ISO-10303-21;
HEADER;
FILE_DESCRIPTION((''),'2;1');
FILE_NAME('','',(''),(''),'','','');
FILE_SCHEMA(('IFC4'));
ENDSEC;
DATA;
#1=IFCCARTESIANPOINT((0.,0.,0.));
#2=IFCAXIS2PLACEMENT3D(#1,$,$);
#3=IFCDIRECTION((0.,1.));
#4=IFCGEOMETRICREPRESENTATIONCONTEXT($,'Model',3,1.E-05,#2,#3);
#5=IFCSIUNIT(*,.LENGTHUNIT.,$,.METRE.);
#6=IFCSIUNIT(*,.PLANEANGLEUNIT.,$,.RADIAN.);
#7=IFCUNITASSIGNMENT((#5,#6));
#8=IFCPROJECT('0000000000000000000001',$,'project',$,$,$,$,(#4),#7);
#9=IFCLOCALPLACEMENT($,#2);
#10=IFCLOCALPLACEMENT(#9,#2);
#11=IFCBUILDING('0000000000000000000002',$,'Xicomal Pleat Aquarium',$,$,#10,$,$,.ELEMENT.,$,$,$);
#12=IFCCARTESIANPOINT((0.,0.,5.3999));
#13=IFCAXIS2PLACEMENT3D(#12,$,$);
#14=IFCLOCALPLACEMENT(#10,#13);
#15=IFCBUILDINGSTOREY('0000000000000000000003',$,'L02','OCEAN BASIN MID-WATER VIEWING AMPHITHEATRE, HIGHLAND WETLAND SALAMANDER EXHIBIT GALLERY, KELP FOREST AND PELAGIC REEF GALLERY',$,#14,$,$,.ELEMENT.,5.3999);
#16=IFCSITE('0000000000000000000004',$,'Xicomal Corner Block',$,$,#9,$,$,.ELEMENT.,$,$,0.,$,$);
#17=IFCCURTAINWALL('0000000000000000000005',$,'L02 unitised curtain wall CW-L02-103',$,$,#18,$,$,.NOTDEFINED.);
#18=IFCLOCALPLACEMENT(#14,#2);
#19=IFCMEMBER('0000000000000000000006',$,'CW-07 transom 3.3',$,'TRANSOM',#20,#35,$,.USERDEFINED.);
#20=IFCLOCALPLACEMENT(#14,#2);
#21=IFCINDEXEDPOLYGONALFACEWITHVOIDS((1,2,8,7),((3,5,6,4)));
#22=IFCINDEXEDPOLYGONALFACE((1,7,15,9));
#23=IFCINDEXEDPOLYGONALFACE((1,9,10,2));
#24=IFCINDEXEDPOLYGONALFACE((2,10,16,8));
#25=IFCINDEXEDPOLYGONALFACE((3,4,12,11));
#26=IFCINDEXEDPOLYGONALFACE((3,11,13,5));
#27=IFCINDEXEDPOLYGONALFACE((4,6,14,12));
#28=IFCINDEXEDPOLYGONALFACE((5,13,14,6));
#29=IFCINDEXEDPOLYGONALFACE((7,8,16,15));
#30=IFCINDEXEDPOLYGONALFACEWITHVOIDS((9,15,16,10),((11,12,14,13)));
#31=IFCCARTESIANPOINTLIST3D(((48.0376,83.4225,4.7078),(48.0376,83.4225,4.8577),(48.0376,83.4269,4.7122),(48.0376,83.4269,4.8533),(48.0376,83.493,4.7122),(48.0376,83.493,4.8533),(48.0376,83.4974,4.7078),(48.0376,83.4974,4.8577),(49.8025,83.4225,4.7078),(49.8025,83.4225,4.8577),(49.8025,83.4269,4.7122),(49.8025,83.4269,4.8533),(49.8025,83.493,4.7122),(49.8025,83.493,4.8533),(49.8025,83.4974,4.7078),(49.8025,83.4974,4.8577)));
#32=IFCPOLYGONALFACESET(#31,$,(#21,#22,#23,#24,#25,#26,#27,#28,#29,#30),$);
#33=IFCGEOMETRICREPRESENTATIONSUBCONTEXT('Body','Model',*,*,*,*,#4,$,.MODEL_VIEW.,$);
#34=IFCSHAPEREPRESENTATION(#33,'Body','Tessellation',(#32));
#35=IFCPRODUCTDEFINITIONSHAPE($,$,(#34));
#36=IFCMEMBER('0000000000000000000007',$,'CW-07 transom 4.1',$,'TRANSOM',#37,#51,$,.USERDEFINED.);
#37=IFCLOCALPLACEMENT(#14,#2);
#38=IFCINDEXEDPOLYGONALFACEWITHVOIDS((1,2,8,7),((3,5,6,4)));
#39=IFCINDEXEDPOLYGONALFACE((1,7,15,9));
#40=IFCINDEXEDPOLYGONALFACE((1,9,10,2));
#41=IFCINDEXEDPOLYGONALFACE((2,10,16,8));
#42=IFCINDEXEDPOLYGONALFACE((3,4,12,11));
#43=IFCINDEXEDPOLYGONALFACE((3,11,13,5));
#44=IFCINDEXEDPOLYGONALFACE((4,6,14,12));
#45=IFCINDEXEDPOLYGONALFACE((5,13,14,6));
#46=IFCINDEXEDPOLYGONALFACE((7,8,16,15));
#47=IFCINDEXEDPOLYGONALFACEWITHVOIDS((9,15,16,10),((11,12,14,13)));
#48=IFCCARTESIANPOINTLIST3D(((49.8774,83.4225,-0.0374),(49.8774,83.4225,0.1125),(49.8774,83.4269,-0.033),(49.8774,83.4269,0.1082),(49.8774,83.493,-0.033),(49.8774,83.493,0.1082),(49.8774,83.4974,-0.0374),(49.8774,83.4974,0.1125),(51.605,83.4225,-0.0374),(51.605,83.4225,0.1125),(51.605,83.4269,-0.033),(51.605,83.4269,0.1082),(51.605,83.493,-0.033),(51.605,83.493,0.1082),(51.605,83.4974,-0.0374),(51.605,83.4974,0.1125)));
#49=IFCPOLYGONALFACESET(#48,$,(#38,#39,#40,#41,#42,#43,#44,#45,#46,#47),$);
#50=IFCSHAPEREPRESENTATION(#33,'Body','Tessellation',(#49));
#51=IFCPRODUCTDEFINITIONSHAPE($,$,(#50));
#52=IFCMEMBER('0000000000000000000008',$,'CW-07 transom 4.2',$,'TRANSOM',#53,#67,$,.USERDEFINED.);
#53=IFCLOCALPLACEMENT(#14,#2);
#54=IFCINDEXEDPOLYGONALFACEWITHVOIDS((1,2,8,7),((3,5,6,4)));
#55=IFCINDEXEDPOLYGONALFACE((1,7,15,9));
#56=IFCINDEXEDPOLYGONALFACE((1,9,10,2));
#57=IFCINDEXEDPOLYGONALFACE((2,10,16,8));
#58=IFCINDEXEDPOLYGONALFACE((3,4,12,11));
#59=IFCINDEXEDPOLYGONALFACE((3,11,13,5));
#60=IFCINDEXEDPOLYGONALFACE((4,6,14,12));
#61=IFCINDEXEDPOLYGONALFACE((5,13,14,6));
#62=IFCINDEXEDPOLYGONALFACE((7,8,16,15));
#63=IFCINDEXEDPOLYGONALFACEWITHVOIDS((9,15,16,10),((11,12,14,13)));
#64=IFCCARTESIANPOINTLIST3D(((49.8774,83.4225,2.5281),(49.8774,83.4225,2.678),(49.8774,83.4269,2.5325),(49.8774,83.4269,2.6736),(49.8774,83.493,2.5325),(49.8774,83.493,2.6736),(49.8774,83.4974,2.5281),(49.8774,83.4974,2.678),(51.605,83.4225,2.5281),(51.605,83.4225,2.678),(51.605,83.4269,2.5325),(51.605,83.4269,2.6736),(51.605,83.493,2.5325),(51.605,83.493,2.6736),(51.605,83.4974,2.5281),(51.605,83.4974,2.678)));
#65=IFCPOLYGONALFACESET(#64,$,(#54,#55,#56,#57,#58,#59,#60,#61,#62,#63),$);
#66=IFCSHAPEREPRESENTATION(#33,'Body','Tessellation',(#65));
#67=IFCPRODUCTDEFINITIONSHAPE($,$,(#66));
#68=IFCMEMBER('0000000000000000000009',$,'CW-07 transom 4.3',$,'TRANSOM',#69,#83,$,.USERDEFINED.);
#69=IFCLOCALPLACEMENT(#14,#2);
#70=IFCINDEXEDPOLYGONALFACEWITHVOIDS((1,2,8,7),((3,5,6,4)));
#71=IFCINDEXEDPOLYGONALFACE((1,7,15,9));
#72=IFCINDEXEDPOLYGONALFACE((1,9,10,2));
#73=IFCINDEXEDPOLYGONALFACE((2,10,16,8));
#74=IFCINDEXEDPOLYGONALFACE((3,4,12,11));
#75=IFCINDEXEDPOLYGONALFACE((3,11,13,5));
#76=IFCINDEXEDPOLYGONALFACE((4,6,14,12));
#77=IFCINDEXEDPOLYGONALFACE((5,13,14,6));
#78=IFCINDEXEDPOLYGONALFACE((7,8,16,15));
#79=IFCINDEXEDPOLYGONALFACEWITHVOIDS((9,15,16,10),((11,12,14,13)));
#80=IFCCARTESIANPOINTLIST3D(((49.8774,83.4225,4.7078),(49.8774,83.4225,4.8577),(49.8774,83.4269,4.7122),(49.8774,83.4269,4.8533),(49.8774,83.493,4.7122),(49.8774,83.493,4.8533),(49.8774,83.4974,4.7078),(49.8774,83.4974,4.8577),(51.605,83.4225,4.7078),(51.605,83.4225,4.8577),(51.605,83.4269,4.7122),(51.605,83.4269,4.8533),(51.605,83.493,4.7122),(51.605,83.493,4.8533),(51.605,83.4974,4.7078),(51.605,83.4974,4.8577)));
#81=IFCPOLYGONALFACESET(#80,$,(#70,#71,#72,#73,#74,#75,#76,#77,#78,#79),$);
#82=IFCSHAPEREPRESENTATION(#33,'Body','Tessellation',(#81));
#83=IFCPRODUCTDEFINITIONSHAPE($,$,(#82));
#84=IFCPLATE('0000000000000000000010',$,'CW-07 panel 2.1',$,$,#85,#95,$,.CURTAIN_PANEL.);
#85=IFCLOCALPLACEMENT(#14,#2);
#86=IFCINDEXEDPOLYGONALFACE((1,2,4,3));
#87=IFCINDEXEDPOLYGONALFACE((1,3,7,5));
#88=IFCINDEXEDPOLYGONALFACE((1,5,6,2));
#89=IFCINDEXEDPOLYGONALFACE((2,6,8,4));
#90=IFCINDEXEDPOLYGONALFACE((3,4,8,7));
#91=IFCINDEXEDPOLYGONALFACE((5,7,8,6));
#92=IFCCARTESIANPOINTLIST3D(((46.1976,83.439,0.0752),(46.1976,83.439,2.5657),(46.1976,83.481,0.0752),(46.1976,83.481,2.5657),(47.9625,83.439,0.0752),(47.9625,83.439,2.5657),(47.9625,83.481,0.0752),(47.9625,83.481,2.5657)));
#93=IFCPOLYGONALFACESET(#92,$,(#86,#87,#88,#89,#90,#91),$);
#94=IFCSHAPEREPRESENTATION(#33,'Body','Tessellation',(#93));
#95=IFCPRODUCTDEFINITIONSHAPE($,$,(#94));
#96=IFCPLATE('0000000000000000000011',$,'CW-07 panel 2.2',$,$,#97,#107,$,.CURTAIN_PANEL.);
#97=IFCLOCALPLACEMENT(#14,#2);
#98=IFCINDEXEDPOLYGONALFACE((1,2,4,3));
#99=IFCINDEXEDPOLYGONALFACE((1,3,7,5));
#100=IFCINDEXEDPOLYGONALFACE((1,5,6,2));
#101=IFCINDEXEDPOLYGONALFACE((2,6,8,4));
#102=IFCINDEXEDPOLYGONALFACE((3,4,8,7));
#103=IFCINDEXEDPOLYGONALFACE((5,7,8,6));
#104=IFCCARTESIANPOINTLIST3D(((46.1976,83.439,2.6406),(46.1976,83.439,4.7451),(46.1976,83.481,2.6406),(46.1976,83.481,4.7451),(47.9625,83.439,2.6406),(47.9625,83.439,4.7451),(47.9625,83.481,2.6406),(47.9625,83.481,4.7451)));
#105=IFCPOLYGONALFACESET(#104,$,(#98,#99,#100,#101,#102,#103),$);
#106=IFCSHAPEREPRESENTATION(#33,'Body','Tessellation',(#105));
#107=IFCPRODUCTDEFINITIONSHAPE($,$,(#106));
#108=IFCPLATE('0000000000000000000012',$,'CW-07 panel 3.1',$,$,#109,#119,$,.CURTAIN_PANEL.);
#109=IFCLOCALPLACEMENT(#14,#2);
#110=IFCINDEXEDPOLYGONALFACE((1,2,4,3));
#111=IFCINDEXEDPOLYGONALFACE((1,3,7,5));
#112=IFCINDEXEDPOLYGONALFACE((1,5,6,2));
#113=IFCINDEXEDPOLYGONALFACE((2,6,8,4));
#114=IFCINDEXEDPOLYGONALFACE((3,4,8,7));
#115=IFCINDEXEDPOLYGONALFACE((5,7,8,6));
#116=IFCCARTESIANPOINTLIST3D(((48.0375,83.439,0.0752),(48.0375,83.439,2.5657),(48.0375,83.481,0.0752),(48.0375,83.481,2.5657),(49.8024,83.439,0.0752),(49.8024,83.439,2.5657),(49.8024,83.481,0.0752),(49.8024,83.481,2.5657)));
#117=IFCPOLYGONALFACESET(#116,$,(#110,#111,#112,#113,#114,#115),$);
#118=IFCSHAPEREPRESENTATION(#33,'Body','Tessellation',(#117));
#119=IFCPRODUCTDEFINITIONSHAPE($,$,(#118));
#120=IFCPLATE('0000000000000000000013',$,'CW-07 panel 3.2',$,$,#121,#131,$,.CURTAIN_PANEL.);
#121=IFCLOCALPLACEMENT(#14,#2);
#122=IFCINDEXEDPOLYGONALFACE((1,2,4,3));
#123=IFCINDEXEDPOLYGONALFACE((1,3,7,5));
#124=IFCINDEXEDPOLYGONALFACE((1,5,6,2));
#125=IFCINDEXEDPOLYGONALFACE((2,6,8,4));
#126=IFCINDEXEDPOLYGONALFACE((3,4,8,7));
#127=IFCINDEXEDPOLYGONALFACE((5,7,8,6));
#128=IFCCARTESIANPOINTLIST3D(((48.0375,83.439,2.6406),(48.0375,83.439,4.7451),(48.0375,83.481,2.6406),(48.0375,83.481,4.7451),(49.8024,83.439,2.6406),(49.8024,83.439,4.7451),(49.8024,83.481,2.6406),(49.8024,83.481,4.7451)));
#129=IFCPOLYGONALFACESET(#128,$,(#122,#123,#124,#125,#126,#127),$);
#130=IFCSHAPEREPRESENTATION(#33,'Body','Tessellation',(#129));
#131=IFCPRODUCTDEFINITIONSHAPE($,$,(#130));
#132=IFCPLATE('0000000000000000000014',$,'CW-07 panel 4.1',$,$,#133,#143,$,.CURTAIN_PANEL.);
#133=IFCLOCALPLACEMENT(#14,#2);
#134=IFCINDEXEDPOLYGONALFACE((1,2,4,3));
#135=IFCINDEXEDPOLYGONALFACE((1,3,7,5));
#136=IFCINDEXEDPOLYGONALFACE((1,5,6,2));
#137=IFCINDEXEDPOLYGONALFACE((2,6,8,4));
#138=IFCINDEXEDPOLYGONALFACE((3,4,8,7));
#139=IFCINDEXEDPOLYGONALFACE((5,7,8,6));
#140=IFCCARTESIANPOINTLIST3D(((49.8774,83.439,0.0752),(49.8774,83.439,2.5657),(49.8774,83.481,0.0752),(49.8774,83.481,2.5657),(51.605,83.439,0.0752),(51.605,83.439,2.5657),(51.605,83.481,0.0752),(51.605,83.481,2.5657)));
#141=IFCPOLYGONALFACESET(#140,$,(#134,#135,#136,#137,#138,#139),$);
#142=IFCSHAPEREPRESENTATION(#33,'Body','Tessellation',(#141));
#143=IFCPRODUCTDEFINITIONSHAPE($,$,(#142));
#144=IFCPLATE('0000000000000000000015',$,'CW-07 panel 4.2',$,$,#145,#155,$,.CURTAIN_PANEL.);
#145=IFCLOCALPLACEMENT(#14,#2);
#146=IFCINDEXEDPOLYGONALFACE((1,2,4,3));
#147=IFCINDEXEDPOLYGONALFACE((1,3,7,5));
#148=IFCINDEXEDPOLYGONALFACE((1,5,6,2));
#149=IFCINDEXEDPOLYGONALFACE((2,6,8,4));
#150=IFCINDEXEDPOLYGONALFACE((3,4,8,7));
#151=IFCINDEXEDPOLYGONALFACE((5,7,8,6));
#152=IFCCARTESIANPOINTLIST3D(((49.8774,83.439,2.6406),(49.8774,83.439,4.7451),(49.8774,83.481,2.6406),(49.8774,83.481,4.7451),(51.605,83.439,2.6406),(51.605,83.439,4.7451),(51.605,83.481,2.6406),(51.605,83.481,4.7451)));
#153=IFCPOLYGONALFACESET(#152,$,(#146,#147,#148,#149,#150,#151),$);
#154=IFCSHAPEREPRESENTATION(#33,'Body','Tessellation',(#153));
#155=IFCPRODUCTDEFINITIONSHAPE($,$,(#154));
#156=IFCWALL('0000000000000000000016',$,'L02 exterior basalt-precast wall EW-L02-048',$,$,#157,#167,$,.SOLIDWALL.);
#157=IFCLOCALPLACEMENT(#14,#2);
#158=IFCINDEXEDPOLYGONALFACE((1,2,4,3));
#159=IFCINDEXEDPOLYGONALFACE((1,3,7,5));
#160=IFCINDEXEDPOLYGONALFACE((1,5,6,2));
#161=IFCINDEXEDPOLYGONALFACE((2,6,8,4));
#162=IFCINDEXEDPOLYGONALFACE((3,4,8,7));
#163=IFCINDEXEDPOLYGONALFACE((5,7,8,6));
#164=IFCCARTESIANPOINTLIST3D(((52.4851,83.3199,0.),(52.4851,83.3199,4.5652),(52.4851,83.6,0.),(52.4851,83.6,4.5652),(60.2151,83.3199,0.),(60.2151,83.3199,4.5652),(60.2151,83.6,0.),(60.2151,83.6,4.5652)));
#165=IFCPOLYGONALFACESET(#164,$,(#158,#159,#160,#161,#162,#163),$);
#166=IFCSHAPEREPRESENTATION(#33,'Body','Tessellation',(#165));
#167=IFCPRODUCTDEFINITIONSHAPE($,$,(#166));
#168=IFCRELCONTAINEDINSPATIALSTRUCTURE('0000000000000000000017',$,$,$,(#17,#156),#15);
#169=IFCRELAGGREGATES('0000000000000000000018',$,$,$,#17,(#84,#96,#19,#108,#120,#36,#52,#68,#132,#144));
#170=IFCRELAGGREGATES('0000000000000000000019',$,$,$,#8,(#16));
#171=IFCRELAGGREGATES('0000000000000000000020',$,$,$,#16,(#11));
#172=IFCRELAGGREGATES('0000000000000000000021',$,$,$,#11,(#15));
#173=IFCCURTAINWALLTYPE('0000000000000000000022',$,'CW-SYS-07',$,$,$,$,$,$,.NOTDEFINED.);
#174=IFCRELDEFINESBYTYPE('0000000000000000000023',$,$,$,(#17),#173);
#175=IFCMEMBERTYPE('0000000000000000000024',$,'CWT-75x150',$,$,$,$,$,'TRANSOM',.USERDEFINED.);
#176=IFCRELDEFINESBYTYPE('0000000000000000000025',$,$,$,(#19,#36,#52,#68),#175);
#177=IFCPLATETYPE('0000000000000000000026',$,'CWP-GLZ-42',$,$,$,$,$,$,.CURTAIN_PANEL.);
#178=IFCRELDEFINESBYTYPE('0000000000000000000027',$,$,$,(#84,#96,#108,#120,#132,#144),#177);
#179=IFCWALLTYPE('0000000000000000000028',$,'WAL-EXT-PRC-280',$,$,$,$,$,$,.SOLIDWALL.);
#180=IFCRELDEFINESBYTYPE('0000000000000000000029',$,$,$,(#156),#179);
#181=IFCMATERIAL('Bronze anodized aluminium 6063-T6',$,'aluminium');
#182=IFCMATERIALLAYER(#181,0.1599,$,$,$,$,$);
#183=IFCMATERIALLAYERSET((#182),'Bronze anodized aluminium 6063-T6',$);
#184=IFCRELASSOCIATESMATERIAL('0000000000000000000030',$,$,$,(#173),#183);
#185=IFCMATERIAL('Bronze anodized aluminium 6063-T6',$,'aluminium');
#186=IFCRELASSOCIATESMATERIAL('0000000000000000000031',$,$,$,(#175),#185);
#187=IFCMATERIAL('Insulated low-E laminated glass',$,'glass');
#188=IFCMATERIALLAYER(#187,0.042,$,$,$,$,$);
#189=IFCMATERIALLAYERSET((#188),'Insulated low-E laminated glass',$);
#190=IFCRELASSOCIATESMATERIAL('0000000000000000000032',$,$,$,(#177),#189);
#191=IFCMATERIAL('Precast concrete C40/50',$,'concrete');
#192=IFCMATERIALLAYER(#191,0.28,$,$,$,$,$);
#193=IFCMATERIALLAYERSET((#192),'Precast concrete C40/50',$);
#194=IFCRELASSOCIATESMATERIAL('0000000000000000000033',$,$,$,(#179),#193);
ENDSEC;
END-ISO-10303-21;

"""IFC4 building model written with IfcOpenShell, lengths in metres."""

from ifc_helpers import new_model, si_unit, direction, frame, frame_2d, origin, origin_2d, place, context, subcontext, project, spatial, rectangle, hollow_rectangle, extrude, material, layer, layer_set, material_profile, profile_set, type_object, element, aggregate, save


model = new_model("IFC4")

# Units and contexts
model_context = context("Model", 3, precision=1e-05, world=origin(), true_north=direction((0.0, 1.0)))
body_context = subcontext(model_context, "Body", "Model", "MODEL_VIEW")
ifc_project = project(units=[si_unit("LENGTHUNIT", "METRE"), si_unit("PLANEANGLEUNIT", "RADIAN")], contexts=[model_context])

# Site, building, storey
site_placement = place(None, origin())
site = spatial("IfcSite", under=ifc_project, at=site_placement, Name="Xicomal Corner Block", CompositionType="ELEMENT", RefElevation=0.0)
building_placement = place(site_placement, origin())
building = spatial("IfcBuilding", under=site, at=building_placement, Name="Xicomal Pleat Aquarium", CompositionType="ELEMENT")
storey_placement = place(building_placement, frame((0.0, 0.0, 5.3999)))
storey = spatial("IfcBuildingStorey", under=building, at=storey_placement, Name="L02", Description="OCEAN BASIN MID-WATER VIEWING AMPHITHEATRE, HIGHLAND WETLAND SALAMANDER EXHIBIT GALLERY, KELP FOREST AND PELAGIC REEF GALLERY", CompositionType="ELEMENT", Elevation=5.3999)

# Curtain wall, members, plates
ifc_material_1 = material(Name="Bronze anodized aluminium 6063-T6", Category="aluminium")
ifc_layer_1 = layer(ifc_material_1, 0.1599)
ifc_layer_set_1 = layer_set([ifc_layer_1], Name="Bronze anodized aluminium 6063-T6")
curtain_wall_type = type_object("IfcCurtainWallType", Name="CW-SYS-07", PredefinedType="NOTDEFINED", material=ifc_layer_set_1)
curtain_wall_placement = place(storey_placement, origin())
curtain_wall = element("IfcCurtainWall", 1, at=curtain_wall_placement, inside=storey, type_object=curtain_wall_type, Name="L02 unitised curtain wall CW-L02-103", PredefinedType="NOTDEFINED")
ifc_material_2 = material(Name="Bronze anodized aluminium 6063-T6", Category="aluminium")
ifc_material_profile_1 = material_profile(ifc_material_2, hollow_rectangle(XDim=0.075, YDim=0.1499, WallThickness=0.0044, at=origin_2d()), Name="ALU TRAN 75x150")
ifc_profile_set_1 = profile_set([ifc_material_profile_1], Name="Bronze anodized aluminium 6063-T6")
member_type_1 = type_object("IfcMemberType", Name="CWT-75x150", ElementType="TRANSOM", PredefinedType="USERDEFINED", material=ifc_profile_set_1)
member_1_placement = place(storey_placement, frame((48.0376, 83.46, 4.7827), z_axis=(1.0, 0.0, 0.0), x_axis=(0.0, 1.0, 0.0)))
member_1 = element("IfcMember", 2, at=member_1_placement, type_object=member_type_1, Name="CW-07 transom 3.3", ObjectType="TRANSOM", PredefinedType="USERDEFINED", context=body_context, shape_type="SweptSolid", body=[
    extrude(hollow_rectangle(XDim=0.075, YDim=0.1499, WallThickness=0.0044, at=origin_2d()), origin(), (0.0, 0.0, 1.0), 1.7649),
])
member_2_placement = place(storey_placement, frame((49.8774, 83.46, 0.0376), z_axis=(1.0, 0.0, 0.0), x_axis=(0.0, 1.0, 0.0)))
member_2 = element("IfcMember", 3, at=member_2_placement, type_object=member_type_1, Name="CW-07 transom 4.1", ObjectType="TRANSOM", PredefinedType="USERDEFINED", context=body_context, shape_type="SweptSolid", body=[
    extrude(hollow_rectangle(XDim=0.075, YDim=0.1499, WallThickness=0.0044, at=origin_2d()), origin(), (0.0, 0.0, 1.0), 1.7275),
])
member_3_placement = place(storey_placement, frame((49.8774, 83.46, 2.603), z_axis=(1.0, 0.0, 0.0), x_axis=(0.0, 1.0, 0.0)))
member_3 = element("IfcMember", 4, at=member_3_placement, type_object=member_type_1, Name="CW-07 transom 4.2", ObjectType="TRANSOM", PredefinedType="USERDEFINED", context=body_context, shape_type="SweptSolid", body=[
    extrude(hollow_rectangle(XDim=0.075, YDim=0.1499, WallThickness=0.0044, at=origin_2d()), origin(), (0.0, 0.0, 1.0), 1.7275),
])
member_4_placement = place(storey_placement, frame((49.8774, 83.46, 4.7827), z_axis=(1.0, 0.0, 0.0), x_axis=(0.0, 1.0, 0.0)))
member_4 = element("IfcMember", 5, at=member_4_placement, type_object=member_type_1, Name="CW-07 transom 4.3", ObjectType="TRANSOM", PredefinedType="USERDEFINED", context=body_context, shape_type="SweptSolid", body=[
    extrude(hollow_rectangle(XDim=0.075, YDim=0.1499, WallThickness=0.0044, at=origin_2d()), origin(), (0.0, 0.0, 1.0), 1.7275),
])
ifc_material_3 = material(Name="Insulated low-E laminated glass", Category="glass")
ifc_layer_2 = layer(ifc_material_3, 0.042)
ifc_layer_set_2 = layer_set([ifc_layer_2], Name="Insulated low-E laminated glass")
plate_type = type_object("IfcPlateType", Name="CWP-GLZ-42", PredefinedType="CURTAIN_PANEL", material=ifc_layer_set_2)
plate_1_placement = place(storey_placement, frame((47.0801, 83.46, 0.0752), z_axis=(0.0, 0.0, 1.0), x_axis=(1.0, 0.0, 0.0)))
plate_1 = element("IfcPlate", 6, at=plate_1_placement, type_object=plate_type, Name="CW-07 panel 2.1", PredefinedType="CURTAIN_PANEL", context=body_context, shape_type="SweptSolid", body=[
    extrude(rectangle(XDim=1.7649, YDim=0.042, at=origin_2d()), origin(), (0.0, 0.0, 1.0), 2.4905),
])
plate_2_placement = place(storey_placement, frame((47.0801, 83.46, 2.6406), z_axis=(0.0, 0.0, 1.0), x_axis=(1.0, 0.0, 0.0)))
plate_2 = element("IfcPlate", 7, at=plate_2_placement, type_object=plate_type, Name="CW-07 panel 2.2", PredefinedType="CURTAIN_PANEL", context=body_context, shape_type="SweptSolid", body=[
    extrude(rectangle(XDim=1.7649, YDim=0.042, at=origin_2d()), origin(), (0.0, 0.0, 1.0), 2.1045),
])
plate_3_placement = place(storey_placement, frame((48.9199, 83.46, 0.0752), z_axis=(0.0, 0.0, 1.0), x_axis=(1.0, 0.0, 0.0)))
plate_3 = element("IfcPlate", 8, at=plate_3_placement, type_object=plate_type, Name="CW-07 panel 3.1", PredefinedType="CURTAIN_PANEL", context=body_context, shape_type="SweptSolid", body=[
    extrude(rectangle(XDim=1.7649, YDim=0.042, at=origin_2d()), origin(), (0.0, 0.0, 1.0), 2.4905),
])
plate_4_placement = place(storey_placement, frame((48.9199, 83.46, 2.6406), z_axis=(0.0, 0.0, 1.0), x_axis=(1.0, 0.0, 0.0)))
plate_4 = element("IfcPlate", 9, at=plate_4_placement, type_object=plate_type, Name="CW-07 panel 3.2", PredefinedType="CURTAIN_PANEL", context=body_context, shape_type="SweptSolid", body=[
    extrude(rectangle(XDim=1.7649, YDim=0.042, at=origin_2d()), origin(), (0.0, 0.0, 1.0), 2.1045),
])
plate_5_placement = place(storey_placement, frame((50.7412, 83.46, 0.0752), z_axis=(0.0, 0.0, 1.0), x_axis=(1.0, 0.0, 0.0)))
plate_5 = element("IfcPlate", 10, at=plate_5_placement, type_object=plate_type, Name="CW-07 panel 4.1", PredefinedType="CURTAIN_PANEL", context=body_context, shape_type="SweptSolid", body=[
    extrude(rectangle(XDim=1.7275, YDim=0.042, at=origin_2d()), origin(), (0.0, 0.0, 1.0), 2.4905),
])
plate_6_placement = place(storey_placement, frame((50.7412, 83.46, 2.6406), z_axis=(0.0, 0.0, 1.0), x_axis=(1.0, 0.0, 0.0)))
plate_6 = element("IfcPlate", 11, at=plate_6_placement, type_object=plate_type, Name="CW-07 panel 4.2", PredefinedType="CURTAIN_PANEL", context=body_context, shape_type="SweptSolid", body=[
    extrude(rectangle(XDim=1.7275, YDim=0.042, at=origin_2d()), origin(), (0.0, 0.0, 1.0), 2.1045),
])
aggregate(curtain_wall, [plate_1, plate_2, member_1, plate_3, plate_4, member_2, member_3, member_4, plate_5, plate_6])

# Wall
ifc_material_4 = material(Name="Precast concrete C40/50", Category="concrete")
ifc_layer_3 = layer(ifc_material_4, 0.28)
ifc_layer_set_3 = layer_set([ifc_layer_3], Name="Precast concrete C40/50")
wall_type = type_object("IfcWallType", Name="WAL-EXT-PRC-280", PredefinedType="SOLIDWALL", material=ifc_layer_set_3)
wall_placement = place(storey_placement, frame((52.4851, 83.46, 0.0), z_axis=(0.0, 0.0, 1.0), x_axis=(1.0, 0.0, 0.0)))
element("IfcWall", 12, at=wall_placement, inside=storey, type_object=wall_type, Name="L02 exterior basalt-precast wall EW-L02-048", PredefinedType="SOLIDWALL", context=body_context, shape_type="SweptSolid", body=[
    extrude(rectangle(XDim=7.73, YDim=0.28, at=frame_2d((3.865, 0.0))), origin(), (0.0, 0.0, 1.0), 4.5652),
])

save(model, "model.ifc")
